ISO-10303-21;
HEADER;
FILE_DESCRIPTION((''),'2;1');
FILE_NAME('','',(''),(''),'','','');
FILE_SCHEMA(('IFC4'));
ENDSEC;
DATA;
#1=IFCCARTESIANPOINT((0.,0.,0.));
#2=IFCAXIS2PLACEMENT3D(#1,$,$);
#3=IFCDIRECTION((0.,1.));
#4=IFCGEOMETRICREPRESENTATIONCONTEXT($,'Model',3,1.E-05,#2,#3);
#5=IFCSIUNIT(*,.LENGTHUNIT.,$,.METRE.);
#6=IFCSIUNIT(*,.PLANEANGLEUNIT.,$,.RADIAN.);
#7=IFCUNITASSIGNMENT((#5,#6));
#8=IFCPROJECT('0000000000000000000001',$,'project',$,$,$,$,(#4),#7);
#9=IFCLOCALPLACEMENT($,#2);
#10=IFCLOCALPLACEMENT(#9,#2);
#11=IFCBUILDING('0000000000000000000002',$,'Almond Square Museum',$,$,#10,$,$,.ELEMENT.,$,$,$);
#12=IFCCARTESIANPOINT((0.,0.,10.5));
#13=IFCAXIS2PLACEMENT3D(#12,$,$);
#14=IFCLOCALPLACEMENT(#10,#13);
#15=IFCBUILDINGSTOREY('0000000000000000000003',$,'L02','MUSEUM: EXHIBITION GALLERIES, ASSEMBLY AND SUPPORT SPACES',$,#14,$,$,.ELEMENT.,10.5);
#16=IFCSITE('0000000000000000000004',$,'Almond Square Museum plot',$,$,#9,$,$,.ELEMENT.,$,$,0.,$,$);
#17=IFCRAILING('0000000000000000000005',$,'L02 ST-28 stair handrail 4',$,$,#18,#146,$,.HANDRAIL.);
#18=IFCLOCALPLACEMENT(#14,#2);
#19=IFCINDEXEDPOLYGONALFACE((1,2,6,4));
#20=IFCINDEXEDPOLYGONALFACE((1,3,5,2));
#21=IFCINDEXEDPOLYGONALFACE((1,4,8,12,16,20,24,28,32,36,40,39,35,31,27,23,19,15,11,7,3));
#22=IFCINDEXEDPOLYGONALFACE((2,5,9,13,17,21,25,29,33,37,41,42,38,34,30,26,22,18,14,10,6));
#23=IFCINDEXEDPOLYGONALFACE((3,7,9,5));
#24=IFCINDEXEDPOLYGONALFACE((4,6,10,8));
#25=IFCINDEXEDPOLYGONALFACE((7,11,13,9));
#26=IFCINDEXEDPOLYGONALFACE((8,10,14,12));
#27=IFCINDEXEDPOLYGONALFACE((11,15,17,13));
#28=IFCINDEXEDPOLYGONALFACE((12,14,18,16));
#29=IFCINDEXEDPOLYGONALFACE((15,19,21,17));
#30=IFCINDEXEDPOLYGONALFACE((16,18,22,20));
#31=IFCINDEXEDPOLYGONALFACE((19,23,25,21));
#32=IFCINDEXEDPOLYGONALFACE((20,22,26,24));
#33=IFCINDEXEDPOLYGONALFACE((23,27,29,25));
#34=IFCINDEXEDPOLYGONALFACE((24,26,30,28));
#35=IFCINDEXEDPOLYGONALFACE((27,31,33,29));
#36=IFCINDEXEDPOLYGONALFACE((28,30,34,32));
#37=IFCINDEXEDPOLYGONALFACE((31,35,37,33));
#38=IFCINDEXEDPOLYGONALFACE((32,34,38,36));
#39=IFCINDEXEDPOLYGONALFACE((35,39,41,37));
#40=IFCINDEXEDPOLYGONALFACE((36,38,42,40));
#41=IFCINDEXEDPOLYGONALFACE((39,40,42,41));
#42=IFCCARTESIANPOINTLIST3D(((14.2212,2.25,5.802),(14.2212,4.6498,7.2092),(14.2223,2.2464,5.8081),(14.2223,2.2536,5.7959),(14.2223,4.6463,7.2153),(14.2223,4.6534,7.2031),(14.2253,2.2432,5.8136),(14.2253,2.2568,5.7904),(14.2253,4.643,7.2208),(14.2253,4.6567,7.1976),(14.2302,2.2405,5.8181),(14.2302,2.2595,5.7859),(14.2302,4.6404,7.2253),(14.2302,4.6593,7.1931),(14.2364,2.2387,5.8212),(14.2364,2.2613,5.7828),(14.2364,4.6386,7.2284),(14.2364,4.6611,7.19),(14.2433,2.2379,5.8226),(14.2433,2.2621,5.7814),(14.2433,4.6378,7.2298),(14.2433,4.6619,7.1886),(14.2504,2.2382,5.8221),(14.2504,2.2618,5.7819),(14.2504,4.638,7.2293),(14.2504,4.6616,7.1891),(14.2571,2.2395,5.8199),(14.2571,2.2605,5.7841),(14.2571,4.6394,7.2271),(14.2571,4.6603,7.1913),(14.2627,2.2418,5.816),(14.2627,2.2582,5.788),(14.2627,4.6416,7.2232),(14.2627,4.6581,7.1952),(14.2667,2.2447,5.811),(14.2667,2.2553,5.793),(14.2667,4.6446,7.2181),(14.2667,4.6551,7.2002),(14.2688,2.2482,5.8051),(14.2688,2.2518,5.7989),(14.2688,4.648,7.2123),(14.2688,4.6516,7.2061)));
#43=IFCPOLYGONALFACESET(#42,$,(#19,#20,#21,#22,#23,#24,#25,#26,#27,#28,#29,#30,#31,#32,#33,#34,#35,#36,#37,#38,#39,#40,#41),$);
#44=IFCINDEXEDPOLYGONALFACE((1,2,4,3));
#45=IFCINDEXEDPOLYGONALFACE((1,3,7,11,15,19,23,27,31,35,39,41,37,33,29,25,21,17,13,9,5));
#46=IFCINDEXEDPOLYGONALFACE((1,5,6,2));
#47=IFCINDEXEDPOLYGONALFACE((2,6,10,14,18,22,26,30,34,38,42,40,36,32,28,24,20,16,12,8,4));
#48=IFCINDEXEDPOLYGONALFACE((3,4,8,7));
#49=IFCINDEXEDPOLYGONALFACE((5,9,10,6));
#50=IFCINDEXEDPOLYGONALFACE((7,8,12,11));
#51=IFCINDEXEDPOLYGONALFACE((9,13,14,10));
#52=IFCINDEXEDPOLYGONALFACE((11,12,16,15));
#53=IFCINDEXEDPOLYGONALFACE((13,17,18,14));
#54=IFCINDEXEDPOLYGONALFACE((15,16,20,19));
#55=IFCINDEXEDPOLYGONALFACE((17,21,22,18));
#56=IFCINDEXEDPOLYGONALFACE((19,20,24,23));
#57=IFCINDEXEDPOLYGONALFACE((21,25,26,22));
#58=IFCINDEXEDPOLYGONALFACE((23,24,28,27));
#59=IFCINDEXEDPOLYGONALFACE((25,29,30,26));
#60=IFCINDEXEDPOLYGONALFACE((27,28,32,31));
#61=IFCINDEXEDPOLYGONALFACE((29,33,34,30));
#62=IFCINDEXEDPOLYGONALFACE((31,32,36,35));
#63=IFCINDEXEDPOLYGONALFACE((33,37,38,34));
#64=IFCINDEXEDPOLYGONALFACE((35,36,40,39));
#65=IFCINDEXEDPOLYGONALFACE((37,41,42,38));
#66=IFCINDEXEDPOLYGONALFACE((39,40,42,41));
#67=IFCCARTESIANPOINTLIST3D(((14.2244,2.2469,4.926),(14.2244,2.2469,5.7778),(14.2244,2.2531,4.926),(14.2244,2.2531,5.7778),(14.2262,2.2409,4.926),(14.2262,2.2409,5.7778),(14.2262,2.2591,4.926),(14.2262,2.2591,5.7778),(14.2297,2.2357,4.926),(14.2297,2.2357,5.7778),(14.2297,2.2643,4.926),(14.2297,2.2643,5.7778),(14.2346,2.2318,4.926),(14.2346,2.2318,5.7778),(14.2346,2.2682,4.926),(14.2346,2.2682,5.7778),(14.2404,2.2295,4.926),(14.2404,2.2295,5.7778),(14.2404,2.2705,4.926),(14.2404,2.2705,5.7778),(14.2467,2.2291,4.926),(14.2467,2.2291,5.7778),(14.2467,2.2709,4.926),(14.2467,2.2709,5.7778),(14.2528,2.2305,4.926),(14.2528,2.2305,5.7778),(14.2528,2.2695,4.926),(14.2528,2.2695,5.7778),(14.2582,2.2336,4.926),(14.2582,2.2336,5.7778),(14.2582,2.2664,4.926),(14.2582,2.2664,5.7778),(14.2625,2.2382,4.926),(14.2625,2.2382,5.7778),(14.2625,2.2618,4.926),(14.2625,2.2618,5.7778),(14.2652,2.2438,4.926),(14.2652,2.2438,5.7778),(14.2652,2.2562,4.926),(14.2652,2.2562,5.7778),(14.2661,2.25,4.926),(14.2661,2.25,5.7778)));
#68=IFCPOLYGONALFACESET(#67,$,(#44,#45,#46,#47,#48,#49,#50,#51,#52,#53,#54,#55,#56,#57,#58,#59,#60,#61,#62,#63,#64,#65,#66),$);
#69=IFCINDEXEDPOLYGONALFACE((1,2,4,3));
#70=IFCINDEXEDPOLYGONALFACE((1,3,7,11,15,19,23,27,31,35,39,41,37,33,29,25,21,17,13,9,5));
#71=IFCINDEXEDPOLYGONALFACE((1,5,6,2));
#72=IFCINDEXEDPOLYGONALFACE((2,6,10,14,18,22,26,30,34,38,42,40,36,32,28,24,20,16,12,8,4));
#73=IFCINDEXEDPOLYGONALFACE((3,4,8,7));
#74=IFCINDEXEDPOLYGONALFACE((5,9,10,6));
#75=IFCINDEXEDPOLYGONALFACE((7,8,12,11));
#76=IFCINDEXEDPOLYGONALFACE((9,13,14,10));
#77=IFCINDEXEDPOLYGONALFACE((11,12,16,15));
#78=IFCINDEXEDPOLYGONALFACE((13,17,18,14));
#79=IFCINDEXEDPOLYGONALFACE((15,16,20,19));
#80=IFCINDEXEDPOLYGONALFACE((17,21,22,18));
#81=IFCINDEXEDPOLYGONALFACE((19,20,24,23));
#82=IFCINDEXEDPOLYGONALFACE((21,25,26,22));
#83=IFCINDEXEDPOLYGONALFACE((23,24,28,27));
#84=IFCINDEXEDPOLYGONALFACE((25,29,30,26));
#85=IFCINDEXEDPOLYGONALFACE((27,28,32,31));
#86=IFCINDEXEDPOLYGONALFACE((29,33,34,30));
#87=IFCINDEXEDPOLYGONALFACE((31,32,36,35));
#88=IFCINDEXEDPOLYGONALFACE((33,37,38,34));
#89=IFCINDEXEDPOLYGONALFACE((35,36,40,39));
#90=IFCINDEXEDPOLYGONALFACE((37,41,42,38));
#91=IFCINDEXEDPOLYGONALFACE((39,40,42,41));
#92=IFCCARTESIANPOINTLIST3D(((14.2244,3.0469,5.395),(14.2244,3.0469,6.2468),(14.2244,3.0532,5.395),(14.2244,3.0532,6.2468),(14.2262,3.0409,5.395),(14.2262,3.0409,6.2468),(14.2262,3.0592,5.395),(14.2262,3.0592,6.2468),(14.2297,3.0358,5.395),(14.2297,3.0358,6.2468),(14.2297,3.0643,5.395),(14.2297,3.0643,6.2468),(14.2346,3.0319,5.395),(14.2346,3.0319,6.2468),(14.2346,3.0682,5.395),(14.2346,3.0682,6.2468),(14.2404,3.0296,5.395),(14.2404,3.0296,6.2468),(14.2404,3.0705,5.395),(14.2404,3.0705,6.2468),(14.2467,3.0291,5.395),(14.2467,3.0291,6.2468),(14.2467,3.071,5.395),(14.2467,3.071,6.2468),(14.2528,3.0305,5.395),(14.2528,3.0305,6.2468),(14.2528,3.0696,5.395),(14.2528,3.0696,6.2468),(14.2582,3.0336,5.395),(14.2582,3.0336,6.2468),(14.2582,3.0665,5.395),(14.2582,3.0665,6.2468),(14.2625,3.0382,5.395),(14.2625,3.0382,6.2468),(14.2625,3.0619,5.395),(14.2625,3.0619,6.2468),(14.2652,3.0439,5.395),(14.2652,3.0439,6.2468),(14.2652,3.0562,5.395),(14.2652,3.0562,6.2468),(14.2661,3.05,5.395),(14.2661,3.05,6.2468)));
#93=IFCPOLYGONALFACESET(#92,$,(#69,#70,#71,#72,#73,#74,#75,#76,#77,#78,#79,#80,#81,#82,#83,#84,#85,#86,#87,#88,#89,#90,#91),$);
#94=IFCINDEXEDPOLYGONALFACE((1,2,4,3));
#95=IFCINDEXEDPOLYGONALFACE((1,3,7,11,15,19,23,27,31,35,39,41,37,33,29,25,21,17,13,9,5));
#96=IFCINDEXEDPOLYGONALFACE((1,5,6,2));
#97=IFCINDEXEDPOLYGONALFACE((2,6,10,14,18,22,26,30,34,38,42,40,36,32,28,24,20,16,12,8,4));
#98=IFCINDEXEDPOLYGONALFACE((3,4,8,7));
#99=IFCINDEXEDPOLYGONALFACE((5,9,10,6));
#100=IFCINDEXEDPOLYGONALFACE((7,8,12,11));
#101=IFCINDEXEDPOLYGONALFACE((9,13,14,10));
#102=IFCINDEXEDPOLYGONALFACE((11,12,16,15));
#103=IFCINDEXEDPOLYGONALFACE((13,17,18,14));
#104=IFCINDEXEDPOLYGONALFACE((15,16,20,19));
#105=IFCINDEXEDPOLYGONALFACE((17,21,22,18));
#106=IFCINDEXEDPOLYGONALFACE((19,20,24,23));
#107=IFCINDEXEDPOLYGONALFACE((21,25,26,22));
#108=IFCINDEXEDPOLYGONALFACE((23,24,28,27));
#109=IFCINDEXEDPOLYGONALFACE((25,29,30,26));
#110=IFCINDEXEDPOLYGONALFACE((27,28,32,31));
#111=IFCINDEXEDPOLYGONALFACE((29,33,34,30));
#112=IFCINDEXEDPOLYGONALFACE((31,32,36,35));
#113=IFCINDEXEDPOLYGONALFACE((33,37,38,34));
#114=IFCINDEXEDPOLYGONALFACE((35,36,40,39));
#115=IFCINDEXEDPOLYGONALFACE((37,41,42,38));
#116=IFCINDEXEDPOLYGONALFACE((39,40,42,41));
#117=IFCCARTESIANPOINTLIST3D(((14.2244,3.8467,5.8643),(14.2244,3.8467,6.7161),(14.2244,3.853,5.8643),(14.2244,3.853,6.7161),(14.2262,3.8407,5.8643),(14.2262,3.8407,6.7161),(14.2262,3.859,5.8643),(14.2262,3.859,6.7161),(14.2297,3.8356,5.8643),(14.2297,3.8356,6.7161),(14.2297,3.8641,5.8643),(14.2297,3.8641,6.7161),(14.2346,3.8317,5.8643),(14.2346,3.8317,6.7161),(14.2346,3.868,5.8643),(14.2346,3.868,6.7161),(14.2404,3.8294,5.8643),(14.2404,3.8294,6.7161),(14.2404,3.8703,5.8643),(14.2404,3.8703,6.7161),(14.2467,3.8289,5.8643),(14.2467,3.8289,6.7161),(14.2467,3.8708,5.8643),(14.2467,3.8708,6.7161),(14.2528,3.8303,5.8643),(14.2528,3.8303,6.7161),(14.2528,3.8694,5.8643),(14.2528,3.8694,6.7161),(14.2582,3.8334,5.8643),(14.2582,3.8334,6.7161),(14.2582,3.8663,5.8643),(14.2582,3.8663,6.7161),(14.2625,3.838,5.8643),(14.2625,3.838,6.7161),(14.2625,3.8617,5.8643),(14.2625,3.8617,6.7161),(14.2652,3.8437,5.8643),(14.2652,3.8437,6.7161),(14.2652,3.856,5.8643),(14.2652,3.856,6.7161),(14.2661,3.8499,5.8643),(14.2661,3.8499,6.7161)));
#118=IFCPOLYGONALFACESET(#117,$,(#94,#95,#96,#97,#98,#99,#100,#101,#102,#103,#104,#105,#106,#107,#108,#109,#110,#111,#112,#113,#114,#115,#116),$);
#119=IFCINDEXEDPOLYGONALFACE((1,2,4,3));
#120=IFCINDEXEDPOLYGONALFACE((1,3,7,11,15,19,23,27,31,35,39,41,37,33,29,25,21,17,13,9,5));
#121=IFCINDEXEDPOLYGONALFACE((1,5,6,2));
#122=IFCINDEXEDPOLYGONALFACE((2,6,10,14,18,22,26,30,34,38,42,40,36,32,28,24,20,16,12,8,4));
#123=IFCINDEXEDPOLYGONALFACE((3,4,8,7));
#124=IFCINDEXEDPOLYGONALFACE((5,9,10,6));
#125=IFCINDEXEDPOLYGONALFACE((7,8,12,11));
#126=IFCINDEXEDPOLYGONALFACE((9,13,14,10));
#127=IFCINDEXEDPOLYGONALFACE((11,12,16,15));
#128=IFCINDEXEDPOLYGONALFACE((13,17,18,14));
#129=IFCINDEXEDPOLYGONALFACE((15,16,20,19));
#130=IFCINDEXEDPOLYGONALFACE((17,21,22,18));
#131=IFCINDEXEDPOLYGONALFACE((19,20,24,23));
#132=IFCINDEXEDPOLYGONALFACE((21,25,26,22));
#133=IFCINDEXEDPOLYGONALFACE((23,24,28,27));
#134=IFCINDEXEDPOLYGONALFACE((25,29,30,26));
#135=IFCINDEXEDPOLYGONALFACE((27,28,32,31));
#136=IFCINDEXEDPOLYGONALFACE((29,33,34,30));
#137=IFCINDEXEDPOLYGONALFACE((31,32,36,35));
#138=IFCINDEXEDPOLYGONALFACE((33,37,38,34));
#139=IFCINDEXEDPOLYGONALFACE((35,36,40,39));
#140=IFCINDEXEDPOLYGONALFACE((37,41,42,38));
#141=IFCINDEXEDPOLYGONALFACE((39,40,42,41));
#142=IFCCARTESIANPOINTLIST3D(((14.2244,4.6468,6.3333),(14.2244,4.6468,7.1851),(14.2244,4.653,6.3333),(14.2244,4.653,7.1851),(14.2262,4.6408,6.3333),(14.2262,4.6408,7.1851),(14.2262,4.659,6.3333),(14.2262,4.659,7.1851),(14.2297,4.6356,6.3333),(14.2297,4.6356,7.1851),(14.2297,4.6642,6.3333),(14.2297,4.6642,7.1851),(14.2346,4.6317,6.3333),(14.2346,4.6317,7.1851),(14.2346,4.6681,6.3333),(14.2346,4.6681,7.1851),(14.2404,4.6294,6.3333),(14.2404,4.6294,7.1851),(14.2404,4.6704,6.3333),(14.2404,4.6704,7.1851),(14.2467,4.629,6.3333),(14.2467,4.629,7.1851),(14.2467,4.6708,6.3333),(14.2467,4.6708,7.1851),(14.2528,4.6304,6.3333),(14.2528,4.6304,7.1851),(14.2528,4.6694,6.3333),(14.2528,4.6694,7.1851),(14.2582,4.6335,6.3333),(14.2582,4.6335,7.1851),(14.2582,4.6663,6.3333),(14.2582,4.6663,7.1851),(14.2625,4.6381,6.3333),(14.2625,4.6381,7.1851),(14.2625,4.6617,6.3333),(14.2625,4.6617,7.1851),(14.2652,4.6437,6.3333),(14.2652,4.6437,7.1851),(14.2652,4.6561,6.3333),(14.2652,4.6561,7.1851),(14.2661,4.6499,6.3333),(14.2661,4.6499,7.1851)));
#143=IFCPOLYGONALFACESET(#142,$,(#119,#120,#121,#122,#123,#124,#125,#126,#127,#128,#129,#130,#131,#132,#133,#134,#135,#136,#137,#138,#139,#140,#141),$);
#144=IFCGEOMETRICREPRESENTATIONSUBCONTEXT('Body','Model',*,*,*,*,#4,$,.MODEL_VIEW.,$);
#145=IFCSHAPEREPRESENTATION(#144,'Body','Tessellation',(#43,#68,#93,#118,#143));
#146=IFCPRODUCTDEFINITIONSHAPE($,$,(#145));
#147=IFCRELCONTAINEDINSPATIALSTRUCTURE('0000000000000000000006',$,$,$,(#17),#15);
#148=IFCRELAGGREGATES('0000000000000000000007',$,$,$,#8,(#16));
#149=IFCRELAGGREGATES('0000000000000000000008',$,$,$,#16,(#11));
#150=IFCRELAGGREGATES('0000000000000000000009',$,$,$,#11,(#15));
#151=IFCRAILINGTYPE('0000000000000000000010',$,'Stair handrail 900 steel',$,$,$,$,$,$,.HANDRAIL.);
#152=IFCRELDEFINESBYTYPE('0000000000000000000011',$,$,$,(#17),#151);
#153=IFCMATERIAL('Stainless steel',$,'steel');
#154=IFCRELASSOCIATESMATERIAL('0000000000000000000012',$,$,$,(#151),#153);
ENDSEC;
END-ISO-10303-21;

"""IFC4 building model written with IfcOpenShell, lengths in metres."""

from ifc_helpers import new_model, si_unit, direction, frame, origin, origin_2d, place, context, subcontext, project, spatial, circle, extrude, material, type_object, element, save


model = new_model("IFC4")

# Units and contexts
model_context = context("Model", 3, precision=1e-05, world=origin(), true_north=direction((0.0, 1.0)))
body_context = subcontext(model_context, "Body", "Model", "MODEL_VIEW")
ifc_project = project(units=[si_unit("LENGTHUNIT", "METRE"), si_unit("PLANEANGLEUNIT", "RADIAN")], contexts=[model_context])

# Site, building, storey
site_placement = place(None, origin())
site = spatial("IfcSite", under=ifc_project, at=site_placement, Name="Almond Square Museum plot", CompositionType="ELEMENT", RefElevation=0.0)
building_placement = place(site_placement, origin())
building = spatial("IfcBuilding", under=site, at=building_placement, Name="Almond Square Museum", CompositionType="ELEMENT")
storey_placement = place(building_placement, frame((0.0, 0.0, 10.5)))
storey = spatial("IfcBuildingStorey", under=building, at=storey_placement, Name="L02", Description="MUSEUM: EXHIBITION GALLERIES, ASSEMBLY AND SUPPORT SPACES", CompositionType="ELEMENT", Elevation=10.5)

# Railing
ifc_material_1 = material(Name="Stainless steel", Category="steel")
railing_type_1 = type_object("IfcRailingType", Name="Stair handrail 900 steel", PredefinedType="HANDRAIL", material=ifc_material_1)
railing_1_placement = place(storey_placement, frame((14.2451, 2.25, 4.926)))
element("IfcRailing", 1, at=railing_1_placement, inside=storey, type_object=railing_type_1, Name="L02 ST-28 stair handrail 4", PredefinedType="HANDRAIL", context=body_context, shape_type="SweptSolid", body=[
    extrude(circle(Radius=0.0239, at=origin_2d()), frame((0.0, 0.0, 0.876), z_axis=(0.0, 0.862637, 0.505823), x_axis=(-1.0, 0.0, 0.0)), (0.0, 0.0, 1.0), 2.782),
    extrude(circle(Radius=0.021, at=origin_2d()), origin(), (0.0, 0.0, 1.0), 0.8518),
    extrude(circle(Radius=0.021, at=origin_2d()), frame((0.0, 0.8, 0.469)), (0.0, 0.0, 1.0), 0.8518),
    extrude(circle(Radius=0.021, at=origin_2d()), frame((0.0, 1.5999, 0.9382)), (0.0, 0.0, 1.0), 0.8518),
    extrude(circle(Radius=0.021, at=origin_2d()), frame((0.0, 2.3999, 1.4072)), (0.0, 0.0, 1.0), 0.8518),
])

save(model, "model.ifc")
